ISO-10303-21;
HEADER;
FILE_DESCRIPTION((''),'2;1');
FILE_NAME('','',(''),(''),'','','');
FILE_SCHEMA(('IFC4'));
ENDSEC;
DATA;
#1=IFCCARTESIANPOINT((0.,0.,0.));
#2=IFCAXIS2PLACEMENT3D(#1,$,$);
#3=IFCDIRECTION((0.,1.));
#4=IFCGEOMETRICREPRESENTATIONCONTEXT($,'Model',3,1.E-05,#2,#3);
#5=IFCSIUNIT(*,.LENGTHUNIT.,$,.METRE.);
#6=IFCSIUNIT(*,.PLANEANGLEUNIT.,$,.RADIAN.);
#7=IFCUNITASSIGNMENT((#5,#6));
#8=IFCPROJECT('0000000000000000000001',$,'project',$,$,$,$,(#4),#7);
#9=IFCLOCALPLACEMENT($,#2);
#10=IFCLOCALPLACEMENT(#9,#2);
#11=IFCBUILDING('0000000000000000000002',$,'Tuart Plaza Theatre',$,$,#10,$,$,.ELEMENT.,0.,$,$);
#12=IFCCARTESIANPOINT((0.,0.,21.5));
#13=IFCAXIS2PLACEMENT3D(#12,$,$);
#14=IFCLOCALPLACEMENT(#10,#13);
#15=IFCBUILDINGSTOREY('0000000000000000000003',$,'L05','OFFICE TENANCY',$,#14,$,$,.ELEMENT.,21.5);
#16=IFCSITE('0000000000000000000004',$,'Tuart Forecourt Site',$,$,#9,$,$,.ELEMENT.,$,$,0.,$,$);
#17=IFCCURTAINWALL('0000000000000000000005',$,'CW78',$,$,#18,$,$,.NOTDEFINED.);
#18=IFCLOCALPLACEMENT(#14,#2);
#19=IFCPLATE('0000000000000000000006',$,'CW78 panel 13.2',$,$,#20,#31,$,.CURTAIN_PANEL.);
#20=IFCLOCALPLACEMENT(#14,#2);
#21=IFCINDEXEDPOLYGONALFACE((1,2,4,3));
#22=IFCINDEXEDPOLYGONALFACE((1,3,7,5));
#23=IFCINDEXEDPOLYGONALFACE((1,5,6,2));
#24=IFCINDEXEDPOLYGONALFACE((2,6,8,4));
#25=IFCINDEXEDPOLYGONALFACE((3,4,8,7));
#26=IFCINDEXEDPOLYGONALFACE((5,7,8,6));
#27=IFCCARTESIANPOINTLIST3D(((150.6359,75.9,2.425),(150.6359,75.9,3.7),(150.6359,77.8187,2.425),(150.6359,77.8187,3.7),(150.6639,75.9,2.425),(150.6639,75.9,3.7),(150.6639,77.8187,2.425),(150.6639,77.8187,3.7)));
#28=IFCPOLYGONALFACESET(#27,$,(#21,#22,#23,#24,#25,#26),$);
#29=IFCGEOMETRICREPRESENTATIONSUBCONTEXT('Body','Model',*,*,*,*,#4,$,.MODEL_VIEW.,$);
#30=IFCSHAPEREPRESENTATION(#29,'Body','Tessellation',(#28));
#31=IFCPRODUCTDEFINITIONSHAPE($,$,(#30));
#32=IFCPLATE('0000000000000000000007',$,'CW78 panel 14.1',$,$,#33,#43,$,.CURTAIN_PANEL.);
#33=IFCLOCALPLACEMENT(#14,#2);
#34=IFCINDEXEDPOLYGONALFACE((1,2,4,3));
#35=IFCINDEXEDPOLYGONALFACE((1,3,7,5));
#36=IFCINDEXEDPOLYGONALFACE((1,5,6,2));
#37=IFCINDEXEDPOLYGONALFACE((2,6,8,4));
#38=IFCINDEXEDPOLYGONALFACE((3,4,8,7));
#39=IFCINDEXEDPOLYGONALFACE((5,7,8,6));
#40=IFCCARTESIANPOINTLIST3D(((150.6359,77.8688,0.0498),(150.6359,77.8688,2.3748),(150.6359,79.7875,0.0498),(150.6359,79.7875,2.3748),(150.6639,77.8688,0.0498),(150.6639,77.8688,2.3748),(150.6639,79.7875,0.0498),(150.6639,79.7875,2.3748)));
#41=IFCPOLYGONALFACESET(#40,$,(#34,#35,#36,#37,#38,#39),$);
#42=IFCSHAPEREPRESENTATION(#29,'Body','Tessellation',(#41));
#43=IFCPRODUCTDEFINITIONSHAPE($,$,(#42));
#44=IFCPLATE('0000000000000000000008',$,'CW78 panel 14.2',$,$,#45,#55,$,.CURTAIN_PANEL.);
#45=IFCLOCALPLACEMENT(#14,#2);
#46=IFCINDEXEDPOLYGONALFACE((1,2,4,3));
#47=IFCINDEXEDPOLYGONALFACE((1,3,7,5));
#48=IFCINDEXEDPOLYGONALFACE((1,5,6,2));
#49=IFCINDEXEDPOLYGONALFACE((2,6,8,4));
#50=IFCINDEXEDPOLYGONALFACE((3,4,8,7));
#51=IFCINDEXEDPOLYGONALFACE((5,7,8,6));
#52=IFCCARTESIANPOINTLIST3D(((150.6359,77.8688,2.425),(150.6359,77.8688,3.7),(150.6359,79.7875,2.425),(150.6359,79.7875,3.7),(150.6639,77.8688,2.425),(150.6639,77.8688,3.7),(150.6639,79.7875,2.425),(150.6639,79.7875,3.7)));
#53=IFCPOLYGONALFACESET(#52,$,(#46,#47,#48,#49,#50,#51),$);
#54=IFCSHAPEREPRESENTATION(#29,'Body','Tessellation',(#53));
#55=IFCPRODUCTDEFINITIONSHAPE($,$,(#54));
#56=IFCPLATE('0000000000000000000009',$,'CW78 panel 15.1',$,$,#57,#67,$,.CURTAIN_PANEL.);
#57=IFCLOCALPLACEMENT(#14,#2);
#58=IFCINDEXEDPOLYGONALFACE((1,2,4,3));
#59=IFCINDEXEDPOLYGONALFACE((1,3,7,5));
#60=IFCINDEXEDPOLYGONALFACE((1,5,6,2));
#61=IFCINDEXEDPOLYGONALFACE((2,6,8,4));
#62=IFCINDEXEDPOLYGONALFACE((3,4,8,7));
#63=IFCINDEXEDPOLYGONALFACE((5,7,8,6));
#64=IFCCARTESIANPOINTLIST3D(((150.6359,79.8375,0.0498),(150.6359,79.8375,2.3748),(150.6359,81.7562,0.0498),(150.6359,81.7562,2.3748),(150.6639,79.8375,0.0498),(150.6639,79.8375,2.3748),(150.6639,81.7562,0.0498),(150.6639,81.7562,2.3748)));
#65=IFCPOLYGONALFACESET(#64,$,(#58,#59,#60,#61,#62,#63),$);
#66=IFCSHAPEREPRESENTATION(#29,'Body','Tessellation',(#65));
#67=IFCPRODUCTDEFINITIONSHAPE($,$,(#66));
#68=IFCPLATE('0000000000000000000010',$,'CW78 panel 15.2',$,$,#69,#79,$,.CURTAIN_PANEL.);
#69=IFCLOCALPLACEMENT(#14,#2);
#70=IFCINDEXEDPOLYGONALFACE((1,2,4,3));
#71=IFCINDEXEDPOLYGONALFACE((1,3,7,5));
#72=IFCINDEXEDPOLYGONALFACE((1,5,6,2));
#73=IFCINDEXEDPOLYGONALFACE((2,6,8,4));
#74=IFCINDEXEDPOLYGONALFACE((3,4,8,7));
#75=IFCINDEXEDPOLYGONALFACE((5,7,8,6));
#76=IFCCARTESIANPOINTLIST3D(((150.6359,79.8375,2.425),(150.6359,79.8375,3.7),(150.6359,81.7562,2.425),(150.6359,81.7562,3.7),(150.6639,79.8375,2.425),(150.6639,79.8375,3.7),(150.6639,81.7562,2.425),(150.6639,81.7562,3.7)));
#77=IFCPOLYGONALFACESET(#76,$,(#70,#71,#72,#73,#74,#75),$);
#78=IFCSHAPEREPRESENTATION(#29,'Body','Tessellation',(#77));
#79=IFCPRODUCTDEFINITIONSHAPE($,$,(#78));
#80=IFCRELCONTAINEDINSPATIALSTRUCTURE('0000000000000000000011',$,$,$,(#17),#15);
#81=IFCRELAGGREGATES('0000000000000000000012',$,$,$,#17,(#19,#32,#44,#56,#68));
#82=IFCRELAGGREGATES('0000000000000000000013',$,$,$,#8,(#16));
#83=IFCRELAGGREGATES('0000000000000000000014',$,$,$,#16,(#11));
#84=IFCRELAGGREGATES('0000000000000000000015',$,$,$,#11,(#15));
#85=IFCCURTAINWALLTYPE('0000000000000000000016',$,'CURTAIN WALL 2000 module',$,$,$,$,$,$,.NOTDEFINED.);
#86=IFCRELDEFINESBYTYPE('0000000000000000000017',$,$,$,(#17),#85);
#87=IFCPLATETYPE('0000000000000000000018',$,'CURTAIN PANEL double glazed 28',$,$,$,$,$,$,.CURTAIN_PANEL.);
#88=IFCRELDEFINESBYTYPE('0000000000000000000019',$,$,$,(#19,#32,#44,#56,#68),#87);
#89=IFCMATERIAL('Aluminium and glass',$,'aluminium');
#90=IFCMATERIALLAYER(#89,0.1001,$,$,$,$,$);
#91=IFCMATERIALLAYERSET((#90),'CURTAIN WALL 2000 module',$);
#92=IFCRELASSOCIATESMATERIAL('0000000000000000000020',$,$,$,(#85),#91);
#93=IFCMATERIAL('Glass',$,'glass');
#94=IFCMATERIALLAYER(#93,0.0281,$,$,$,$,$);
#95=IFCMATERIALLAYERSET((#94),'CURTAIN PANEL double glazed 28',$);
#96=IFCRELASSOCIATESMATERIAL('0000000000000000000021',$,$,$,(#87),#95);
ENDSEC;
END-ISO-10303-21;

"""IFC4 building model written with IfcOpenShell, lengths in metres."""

from ifc_helpers import new_model, si_unit, direction, frame, origin, origin_2d, place, context, subcontext, project, spatial, rectangle, extrude, material, layer, layer_set, type_object, element, aggregate, save


model = new_model("IFC4")

# Units and contexts
model_context = context("Model", 3, precision=1e-05, world=origin(), true_north=direction((0.0, 1.0)))
body_context = subcontext(model_context, "Body", "Model", "MODEL_VIEW")
ifc_project = project(units=[si_unit("LENGTHUNIT", "METRE"), si_unit("PLANEANGLEUNIT", "RADIAN")], contexts=[model_context])

# Site, building, storey
site_placement = place(None, origin())
site = spatial("IfcSite", under=ifc_project, at=site_placement, Name="Tuart Forecourt Site", CompositionType="ELEMENT", RefElevation=0.0)
building_placement = place(site_placement, origin())
building = spatial("IfcBuilding", under=site, at=building_placement, Name="Tuart Plaza Theatre", CompositionType="ELEMENT", ElevationOfRefHeight=0.0)
storey_placement = place(building_placement, frame((0.0, 0.0, 21.5)))
storey = spatial("IfcBuildingStorey", under=building, at=storey_placement, Name="L05", Description="OFFICE TENANCY", CompositionType="ELEMENT", Elevation=21.5)

# Curtain wall, plates
ifc_material_1 = material(Name="Aluminium and glass", Category="aluminium")
ifc_layer_1 = layer(ifc_material_1, 0.1001)
ifc_layer_set_1 = layer_set([ifc_layer_1], Name="CURTAIN WALL 2000 module")
curtain_wall_type = type_object("IfcCurtainWallType", Name="CURTAIN WALL 2000 module", PredefinedType="NOTDEFINED", material=ifc_layer_set_1)
curtain_wall_placement = place(storey_placement, origin())
curtain_wall = element("IfcCurtainWall", 1, at=curtain_wall_placement, inside=storey, type_object=curtain_wall_type, Name="CW78", PredefinedType="NOTDEFINED")
ifc_material_2 = material(Name="Glass", Category="glass")
ifc_layer_2 = layer(ifc_material_2, 0.0281)
ifc_layer_set_2 = layer_set([ifc_layer_2], Name="CURTAIN PANEL double glazed 28")
plate_type = type_object("IfcPlateType", Name="CURTAIN PANEL double glazed 28", PredefinedType="CURTAIN_PANEL", material=ifc_layer_set_2)
plate_1_placement = place(storey_placement, frame((150.6499, 76.8594, 2.425), z_axis=(0.0, 0.0, 1.0), x_axis=(0.0, 1.0, 0.0)))
plate_1 = element("IfcPlate", 2, at=plate_1_placement, type_object=plate_type, Name="CW78 panel 13.2", PredefinedType="CURTAIN_PANEL", context=body_context, shape_type="SweptSolid", body=[
    extrude(rectangle(XDim=1.9187, YDim=0.0281, at=origin_2d()), origin(), (0.0, 0.0, 1.0), 1.2749),
])
plate_2_placement = place(storey_placement, frame((150.6499, 78.8281, 0.0498), z_axis=(0.0, 0.0, 1.0), x_axis=(0.0, 1.0, 0.0)))
plate_2 = element("IfcPlate", 3, at=plate_2_placement, type_object=plate_type, Name="CW78 panel 14.1", PredefinedType="CURTAIN_PANEL", context=body_context, shape_type="SweptSolid", body=[
    extrude(rectangle(XDim=1.9187, YDim=0.0281, at=origin_2d()), origin(), (0.0, 0.0, 1.0), 2.325),
])
plate_3_placement = place(storey_placement, frame((150.6499, 78.8281, 2.425), z_axis=(0.0, 0.0, 1.0), x_axis=(0.0, 1.0, 0.0)))
plate_3 = element("IfcPlate", 4, at=plate_3_placement, type_object=plate_type, Name="CW78 panel 14.2", PredefinedType="CURTAIN_PANEL", context=body_context, shape_type="SweptSolid", body=[
    extrude(rectangle(XDim=1.9187, YDim=0.0281, at=origin_2d()), origin(), (0.0, 0.0, 1.0), 1.2749),
])
plate_4_placement = place(storey_placement, frame((150.6499, 80.7969, 0.0498), z_axis=(0.0, 0.0, 1.0), x_axis=(0.0, 1.0, 0.0)))
plate_4 = element("IfcPlate", 5, at=plate_4_placement, type_object=plate_type, Name="CW78 panel 15.1", PredefinedType="CURTAIN_PANEL", context=body_context, shape_type="SweptSolid", body=[
    extrude(rectangle(XDim=1.9187, YDim=0.0281, at=origin_2d()), origin(), (0.0, 0.0, 1.0), 2.325),
])
plate_5_placement = place(storey_placement, frame((150.6499, 80.7969, 2.425), z_axis=(0.0, 0.0, 1.0), x_axis=(0.0, 1.0, 0.0)))
plate_5 = element("IfcPlate", 6, at=plate_5_placement, type_object=plate_type, Name="CW78 panel 15.2", PredefinedType="CURTAIN_PANEL", context=body_context, shape_type="SweptSolid", body=[
    extrude(rectangle(XDim=1.9187, YDim=0.0281, at=origin_2d()), origin(), (0.0, 0.0, 1.0), 1.2749),
])
aggregate(curtain_wall, [plate_1, plate_2, plate_3, plate_4, plate_5])

save(model, "model.ifc")
